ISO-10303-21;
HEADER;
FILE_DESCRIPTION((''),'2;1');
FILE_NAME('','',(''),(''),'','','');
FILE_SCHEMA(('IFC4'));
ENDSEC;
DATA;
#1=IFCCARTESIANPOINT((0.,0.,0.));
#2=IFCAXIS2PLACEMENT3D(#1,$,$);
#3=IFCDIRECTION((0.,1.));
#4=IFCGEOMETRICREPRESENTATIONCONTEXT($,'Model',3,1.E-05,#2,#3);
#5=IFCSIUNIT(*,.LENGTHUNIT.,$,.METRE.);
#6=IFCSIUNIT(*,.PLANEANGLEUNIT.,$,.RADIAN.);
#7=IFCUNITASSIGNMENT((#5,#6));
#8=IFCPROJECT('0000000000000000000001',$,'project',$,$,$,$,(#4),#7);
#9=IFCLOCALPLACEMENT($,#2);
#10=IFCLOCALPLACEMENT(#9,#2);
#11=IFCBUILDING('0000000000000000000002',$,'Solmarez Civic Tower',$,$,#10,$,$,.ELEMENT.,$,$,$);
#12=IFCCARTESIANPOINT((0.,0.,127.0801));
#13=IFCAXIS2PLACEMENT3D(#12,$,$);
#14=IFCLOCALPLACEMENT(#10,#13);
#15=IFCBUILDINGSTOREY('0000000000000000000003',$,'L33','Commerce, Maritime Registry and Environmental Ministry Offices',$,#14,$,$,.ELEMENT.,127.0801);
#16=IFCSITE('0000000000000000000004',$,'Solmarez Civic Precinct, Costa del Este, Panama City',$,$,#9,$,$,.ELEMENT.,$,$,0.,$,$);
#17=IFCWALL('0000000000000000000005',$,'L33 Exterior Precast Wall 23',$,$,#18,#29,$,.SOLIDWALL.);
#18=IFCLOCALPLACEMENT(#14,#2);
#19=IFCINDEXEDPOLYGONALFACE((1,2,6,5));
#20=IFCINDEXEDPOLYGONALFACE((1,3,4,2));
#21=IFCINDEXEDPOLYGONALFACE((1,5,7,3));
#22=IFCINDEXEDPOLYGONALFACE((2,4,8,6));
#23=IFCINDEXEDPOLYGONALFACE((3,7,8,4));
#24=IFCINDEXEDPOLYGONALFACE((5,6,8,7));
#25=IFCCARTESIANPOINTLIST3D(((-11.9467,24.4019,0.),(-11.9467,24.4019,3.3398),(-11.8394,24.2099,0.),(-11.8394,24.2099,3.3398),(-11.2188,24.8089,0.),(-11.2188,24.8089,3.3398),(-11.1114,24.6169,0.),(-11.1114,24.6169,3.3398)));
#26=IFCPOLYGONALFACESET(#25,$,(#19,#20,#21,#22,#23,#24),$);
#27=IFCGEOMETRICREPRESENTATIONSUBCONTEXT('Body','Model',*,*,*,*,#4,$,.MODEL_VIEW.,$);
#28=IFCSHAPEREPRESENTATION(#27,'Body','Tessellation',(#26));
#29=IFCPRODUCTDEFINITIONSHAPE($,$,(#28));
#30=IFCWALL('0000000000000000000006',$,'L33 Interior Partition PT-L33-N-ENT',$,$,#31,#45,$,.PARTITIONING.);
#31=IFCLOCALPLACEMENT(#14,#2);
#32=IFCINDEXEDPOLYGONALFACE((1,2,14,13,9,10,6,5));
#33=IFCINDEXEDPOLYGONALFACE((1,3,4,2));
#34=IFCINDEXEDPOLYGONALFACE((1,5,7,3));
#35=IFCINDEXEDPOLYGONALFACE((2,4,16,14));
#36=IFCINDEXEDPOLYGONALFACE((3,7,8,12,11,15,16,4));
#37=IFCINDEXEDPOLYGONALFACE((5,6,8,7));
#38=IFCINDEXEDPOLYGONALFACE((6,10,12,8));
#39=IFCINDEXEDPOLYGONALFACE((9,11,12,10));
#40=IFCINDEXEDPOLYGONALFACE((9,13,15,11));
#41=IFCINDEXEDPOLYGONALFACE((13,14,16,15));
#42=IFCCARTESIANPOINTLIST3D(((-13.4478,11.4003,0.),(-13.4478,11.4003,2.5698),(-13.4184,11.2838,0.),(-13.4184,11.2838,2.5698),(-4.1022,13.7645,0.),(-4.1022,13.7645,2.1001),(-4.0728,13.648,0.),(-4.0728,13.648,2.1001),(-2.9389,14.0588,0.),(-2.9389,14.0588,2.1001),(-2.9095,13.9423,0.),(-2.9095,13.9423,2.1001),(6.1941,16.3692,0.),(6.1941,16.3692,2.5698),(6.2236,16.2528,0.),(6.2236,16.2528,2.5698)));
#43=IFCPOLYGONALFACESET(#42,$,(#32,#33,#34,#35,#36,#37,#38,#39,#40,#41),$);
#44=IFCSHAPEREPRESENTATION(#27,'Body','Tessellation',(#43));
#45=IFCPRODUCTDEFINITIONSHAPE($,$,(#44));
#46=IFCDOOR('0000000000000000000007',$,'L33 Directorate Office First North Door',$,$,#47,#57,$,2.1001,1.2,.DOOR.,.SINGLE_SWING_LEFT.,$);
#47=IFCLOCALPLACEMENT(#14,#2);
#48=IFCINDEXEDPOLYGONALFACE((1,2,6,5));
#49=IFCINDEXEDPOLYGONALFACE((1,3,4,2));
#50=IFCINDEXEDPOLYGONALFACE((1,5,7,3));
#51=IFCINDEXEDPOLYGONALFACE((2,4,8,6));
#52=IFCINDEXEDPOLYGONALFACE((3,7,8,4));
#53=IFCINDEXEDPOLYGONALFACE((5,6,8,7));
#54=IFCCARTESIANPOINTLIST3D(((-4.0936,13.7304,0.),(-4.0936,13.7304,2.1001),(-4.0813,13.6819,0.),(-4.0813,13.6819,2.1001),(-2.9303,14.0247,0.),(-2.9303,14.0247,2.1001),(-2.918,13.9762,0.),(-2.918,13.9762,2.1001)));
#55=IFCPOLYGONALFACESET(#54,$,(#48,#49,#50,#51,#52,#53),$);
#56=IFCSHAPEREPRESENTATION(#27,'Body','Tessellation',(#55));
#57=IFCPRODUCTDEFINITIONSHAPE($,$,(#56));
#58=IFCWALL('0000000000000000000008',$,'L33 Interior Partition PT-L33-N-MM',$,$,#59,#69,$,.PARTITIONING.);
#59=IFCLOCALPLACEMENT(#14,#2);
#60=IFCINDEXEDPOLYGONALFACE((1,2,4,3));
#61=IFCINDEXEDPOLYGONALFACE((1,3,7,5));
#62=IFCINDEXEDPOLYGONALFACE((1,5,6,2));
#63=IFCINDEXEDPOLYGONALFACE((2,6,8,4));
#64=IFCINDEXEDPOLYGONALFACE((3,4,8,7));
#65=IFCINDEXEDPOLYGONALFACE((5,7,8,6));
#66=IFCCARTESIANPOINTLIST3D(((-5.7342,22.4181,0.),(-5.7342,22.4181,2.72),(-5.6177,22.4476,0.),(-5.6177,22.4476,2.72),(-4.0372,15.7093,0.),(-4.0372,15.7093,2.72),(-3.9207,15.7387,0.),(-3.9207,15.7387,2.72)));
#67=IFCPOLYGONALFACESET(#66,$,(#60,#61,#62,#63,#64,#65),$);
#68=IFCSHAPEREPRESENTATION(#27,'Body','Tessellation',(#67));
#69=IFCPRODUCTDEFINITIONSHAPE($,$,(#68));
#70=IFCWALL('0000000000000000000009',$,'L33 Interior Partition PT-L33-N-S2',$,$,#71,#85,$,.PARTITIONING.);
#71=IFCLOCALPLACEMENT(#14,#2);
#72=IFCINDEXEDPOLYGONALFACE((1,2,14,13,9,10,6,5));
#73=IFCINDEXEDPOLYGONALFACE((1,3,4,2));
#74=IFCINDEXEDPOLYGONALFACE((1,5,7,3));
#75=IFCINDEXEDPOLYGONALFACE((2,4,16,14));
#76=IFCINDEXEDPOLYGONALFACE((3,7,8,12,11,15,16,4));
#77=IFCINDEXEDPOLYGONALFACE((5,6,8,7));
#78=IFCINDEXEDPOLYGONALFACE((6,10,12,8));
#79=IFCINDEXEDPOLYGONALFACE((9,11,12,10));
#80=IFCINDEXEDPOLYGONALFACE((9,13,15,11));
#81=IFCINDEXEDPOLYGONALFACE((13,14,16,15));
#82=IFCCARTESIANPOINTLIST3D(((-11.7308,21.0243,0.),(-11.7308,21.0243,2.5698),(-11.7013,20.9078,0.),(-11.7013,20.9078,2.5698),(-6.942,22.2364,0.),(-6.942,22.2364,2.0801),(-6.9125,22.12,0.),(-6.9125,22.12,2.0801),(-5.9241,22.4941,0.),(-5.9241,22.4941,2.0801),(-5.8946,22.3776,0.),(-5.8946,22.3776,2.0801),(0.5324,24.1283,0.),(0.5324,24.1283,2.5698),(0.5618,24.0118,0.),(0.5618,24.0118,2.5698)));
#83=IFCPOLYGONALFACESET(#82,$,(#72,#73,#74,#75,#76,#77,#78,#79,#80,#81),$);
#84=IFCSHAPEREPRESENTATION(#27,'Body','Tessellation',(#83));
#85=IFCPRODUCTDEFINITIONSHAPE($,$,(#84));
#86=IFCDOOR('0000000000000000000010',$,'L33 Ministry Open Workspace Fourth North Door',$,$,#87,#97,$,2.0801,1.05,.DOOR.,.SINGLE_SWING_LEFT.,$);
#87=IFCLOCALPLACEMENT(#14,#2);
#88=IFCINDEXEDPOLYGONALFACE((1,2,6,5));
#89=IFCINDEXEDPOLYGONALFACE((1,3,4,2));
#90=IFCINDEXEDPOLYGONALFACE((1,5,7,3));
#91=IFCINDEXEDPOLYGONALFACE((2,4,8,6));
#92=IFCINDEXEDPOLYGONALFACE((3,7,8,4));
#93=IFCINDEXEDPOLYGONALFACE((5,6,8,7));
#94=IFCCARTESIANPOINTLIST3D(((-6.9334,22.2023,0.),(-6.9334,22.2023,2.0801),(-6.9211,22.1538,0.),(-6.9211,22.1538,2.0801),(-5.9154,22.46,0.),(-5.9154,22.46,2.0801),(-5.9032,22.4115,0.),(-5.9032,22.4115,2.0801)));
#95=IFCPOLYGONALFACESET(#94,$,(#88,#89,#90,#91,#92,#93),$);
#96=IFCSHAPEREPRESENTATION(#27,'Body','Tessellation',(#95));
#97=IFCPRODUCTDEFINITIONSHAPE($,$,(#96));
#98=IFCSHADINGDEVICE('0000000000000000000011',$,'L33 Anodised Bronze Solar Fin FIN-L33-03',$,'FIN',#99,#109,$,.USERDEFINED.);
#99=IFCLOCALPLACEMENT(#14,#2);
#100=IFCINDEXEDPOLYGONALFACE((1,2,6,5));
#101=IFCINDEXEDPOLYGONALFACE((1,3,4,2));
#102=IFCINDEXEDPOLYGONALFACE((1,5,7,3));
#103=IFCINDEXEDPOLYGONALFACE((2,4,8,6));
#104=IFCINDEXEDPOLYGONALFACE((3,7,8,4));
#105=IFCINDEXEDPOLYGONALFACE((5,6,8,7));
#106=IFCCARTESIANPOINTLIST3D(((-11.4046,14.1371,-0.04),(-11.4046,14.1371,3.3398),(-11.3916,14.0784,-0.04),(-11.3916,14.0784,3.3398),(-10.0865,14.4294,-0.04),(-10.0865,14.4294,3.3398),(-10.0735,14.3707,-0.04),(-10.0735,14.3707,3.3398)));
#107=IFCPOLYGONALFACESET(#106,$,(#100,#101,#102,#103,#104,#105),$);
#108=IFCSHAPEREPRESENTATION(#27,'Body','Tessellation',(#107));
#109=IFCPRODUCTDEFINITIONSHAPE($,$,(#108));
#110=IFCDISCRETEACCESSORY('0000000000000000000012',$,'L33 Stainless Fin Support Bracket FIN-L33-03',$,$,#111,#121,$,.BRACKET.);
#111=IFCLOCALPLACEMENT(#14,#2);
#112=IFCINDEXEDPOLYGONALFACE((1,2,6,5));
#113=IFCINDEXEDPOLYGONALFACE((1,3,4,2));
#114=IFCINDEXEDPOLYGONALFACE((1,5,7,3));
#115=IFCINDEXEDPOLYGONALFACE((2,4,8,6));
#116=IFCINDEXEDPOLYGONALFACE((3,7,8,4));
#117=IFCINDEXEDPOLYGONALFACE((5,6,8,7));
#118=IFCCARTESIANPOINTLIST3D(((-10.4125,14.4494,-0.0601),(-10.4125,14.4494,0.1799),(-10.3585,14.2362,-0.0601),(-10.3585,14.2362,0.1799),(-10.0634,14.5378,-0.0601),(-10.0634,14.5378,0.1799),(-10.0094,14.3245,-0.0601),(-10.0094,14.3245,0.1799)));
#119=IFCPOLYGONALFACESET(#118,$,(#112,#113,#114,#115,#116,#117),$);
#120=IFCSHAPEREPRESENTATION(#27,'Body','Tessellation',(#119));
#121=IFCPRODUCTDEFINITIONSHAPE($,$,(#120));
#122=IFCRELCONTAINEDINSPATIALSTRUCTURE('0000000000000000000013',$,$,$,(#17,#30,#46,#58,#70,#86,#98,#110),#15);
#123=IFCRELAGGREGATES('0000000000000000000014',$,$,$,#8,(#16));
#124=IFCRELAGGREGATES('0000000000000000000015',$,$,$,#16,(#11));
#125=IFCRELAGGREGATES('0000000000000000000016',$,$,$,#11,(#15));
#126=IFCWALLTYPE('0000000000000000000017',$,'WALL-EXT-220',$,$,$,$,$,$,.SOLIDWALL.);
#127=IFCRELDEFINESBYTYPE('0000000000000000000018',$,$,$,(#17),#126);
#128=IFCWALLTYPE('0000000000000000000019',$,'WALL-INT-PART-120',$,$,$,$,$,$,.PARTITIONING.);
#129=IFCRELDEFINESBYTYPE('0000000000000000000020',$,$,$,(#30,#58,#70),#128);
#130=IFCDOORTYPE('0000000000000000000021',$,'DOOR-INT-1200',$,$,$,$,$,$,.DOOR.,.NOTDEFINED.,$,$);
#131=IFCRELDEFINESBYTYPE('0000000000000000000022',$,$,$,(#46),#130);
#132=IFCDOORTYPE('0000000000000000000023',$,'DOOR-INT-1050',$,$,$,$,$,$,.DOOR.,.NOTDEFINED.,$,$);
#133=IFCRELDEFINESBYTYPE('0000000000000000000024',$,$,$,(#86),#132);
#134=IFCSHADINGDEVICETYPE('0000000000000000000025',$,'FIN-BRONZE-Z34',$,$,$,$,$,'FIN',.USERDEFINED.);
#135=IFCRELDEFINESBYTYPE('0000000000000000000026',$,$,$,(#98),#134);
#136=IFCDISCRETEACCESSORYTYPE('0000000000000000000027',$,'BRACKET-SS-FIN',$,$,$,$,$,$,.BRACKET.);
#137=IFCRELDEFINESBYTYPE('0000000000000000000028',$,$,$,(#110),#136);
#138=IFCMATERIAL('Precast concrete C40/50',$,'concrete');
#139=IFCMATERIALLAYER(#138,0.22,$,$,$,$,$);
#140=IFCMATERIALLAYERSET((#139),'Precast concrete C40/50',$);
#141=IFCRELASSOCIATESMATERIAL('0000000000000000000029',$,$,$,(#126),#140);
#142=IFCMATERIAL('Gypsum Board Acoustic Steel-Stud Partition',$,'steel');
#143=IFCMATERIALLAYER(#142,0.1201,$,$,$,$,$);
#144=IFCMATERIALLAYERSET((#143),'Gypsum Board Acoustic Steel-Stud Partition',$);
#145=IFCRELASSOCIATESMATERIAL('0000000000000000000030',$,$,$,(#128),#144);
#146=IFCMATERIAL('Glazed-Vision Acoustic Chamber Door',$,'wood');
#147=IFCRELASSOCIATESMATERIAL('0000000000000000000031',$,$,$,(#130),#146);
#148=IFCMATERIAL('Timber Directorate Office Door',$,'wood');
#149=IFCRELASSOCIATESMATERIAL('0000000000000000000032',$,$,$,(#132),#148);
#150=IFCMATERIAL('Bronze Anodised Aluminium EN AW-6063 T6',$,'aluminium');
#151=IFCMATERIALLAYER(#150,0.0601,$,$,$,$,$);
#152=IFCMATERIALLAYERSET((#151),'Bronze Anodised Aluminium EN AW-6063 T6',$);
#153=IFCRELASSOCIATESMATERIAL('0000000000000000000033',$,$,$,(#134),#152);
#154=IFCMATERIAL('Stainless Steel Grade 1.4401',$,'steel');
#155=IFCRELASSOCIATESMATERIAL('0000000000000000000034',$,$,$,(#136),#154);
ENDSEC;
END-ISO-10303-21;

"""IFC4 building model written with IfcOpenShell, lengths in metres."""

from ifc_helpers import new_model, si_unit, direction, frame, frame_2d, origin, origin_2d, place, context, subcontext, project, spatial, rectangle, extrude, material, layer, layer_set, type_object, element, fill, save


model = new_model("IFC4")

# Units and contexts
model_context = context("Model", 3, precision=1e-05, world=origin(), true_north=direction((0.0, 1.0)))
body_context = subcontext(model_context, "Body", "Model", "MODEL_VIEW")
ifc_project = project(units=[si_unit("LENGTHUNIT", "METRE"), si_unit("PLANEANGLEUNIT", "RADIAN")], contexts=[model_context])

# Site, building, storey
site_placement = place(None, origin())
site = spatial("IfcSite", under=ifc_project, at=site_placement, Name="Solmarez Civic Precinct, Costa del Este, Panama City", CompositionType="ELEMENT", RefElevation=0.0)
building_placement = place(site_placement, origin())
building = spatial("IfcBuilding", under=site, at=building_placement, Name="Solmarez Civic Tower", CompositionType="ELEMENT")
storey_placement = place(building_placement, frame((0.0, 0.0, 127.0801)))
storey = spatial("IfcBuildingStorey", under=building, at=storey_placement, Name="L33", Description="Commerce, Maritime Registry and Environmental Ministry Offices", CompositionType="ELEMENT", Elevation=127.0801)

# Shared definitions
ifc_material_1 = material(Name="Bronze Anodised Aluminium EN AW-6063 T6", Category="aluminium")

# Shared definitions
ifc_material_2 = material(Name="Precast concrete C40/50", Category="concrete")
ifc_layer_1 = layer(ifc_material_2, 0.22)
ifc_layer_set_1 = layer_set([ifc_layer_1], Name="Precast concrete C40/50")
wall_type_1 = type_object("IfcWallType", Name="WALL-EXT-220", PredefinedType="SOLIDWALL", material=ifc_layer_set_1)

# Wall
wall_1_placement = place(storey_placement, frame((-11.8931, 24.3059, 0.0), z_axis=(0.0, 0.0, 1.0), x_axis=(0.87287, 0.487953, 0.0)))
element("IfcWall", 1, at=wall_1_placement, inside=storey, type_object=wall_type_1, Name="L33 Exterior Precast Wall 23", PredefinedType="SOLIDWALL", context=body_context, shape_type="SweptSolid", body=[
    extrude(rectangle(XDim=0.834, YDim=0.22, at=frame_2d((0.417, 0.0))), origin(), (0.0, 0.0, 1.0), 3.3398),
])

# Wall, opening, door
ifc_material_3 = material(Name="Gypsum Board Acoustic Steel-Stud Partition", Category="steel")
ifc_layer_2 = layer(ifc_material_3, 0.1201)
ifc_layer_set_2 = layer_set([ifc_layer_2], Name="Gypsum Board Acoustic Steel-Stud Partition")
wall_type_2 = type_object("IfcWallType", Name="WALL-INT-PART-120", PredefinedType="PARTITIONING", material=ifc_layer_set_2)
wall_2_placement = place(storey_placement, frame((-13.4331, 11.342, 0.0), z_axis=(0.0, 0.0, 1.0), x_axis=(0.96946, 0.245251, 0.0)))
wall_2 = element("IfcWall", 2, at=wall_2_placement, inside=storey, type_object=wall_type_2, Name="L33 Interior Partition PT-L33-N-ENT", PredefinedType="PARTITIONING", context=body_context, shape_type="SweptSolid", body=[
    extrude(rectangle(XDim=20.2607, YDim=0.1201, at=frame_2d((10.1304, 0.0))), origin(), (0.0, 0.0, 1.0), 2.5698),
])
opening_1_placement = place(wall_2_placement, frame((9.6399, 0.0, 0.0)))
opening_1 = element("IfcOpeningElement", 3, at=opening_1_placement, cuts=wall_2, PredefinedType="OPENING", context=body_context, shape_type="SweptSolid", body=[
    extrude(rectangle(XDim=1.2, YDim=2.1001, at=frame_2d((0.6001, 1.05))), frame((0.0, 0.0701, 0.0), z_axis=(0.0, -1.0, 0.0), x_axis=(1.0, 0.0, 0.0)), (0.0, 0.0, 1.0), 0.1401),
])
ifc_material_4 = material(Name="Glazed-Vision Acoustic Chamber Door", Category="wood")
door_type_1 = type_object("IfcDoorType", Name="DOOR-INT-1200", OperationType="NOTDEFINED", PredefinedType="DOOR", material=ifc_material_4)
door_1_placement = place(opening_1_placement, origin())
door_1 = element("IfcDoor", 4, at=door_1_placement, inside=storey, type_object=door_type_1, Name="L33 Directorate Office First North Door", OperationType="SINGLE_SWING_LEFT", OverallHeight=2.1001, OverallWidth=1.2, PredefinedType="DOOR", context=body_context, shape_type="SweptSolid", body=[
    extrude(rectangle(XDim=1.2, YDim=2.1001, at=frame_2d((0.6001, 1.05))), frame((0.0, 0.0249, 0.0), z_axis=(0.0, -1.0, 0.0), x_axis=(1.0, 0.0, 0.0)), (0.0, 0.0, 1.0), 0.05),
])
fill(opening_1, door_1)

# Wall
wall_3_placement = place(storey_placement, frame((-3.979, 15.7241, 0.0), z_axis=(0.0, 0.0, 1.0), x_axis=(-0.245224, 0.969466, 0.0)))
element("IfcWall", 5, at=wall_3_placement, inside=storey, type_object=wall_type_2, Name="L33 Interior Partition PT-L33-N-MM", PredefinedType="PARTITIONING", context=body_context, shape_type="SweptSolid", body=[
    extrude(rectangle(XDim=6.9202, YDim=0.1201, at=frame_2d((3.46, 0.0))), origin(), (0.0, 0.0, 1.0), 2.72),
])

# Wall, opening, door
wall_4_placement = place(storey_placement, frame((-11.7161, 20.9661, 0.0), z_axis=(0.0, 0.0, 1.0), x_axis=(0.969428, 0.245377, 0.0)))
wall_4 = element("IfcWall", 6, at=wall_4_placement, inside=storey, type_object=wall_type_2, Name="L33 Interior Partition PT-L33-N-S2", PredefinedType="PARTITIONING", context=body_context, shape_type="SweptSolid", body=[
    extrude(rectangle(XDim=12.6499, YDim=0.1201, at=frame_2d((6.325, 0.0))), origin(), (0.0, 0.0, 1.0), 2.5698),
])
opening_2_placement = place(wall_4_placement, frame((4.9399, 0.0, 0.0)))
opening_2 = element("IfcOpeningElement", 7, at=opening_2_placement, cuts=wall_4, PredefinedType="OPENING", context=body_context, shape_type="SweptSolid", body=[
    extrude(rectangle(XDim=1.05, YDim=2.0801, at=frame_2d((0.5249, 1.04))), frame((0.0, 0.0701, 0.0), z_axis=(0.0, -1.0, 0.0), x_axis=(1.0, 0.0, 0.0)), (0.0, 0.0, 1.0), 0.1401),
])
ifc_material_5 = material(Name="Timber Directorate Office Door", Category="wood")
door_type_2 = type_object("IfcDoorType", Name="DOOR-INT-1050", OperationType="NOTDEFINED", PredefinedType="DOOR", material=ifc_material_5)
door_2_placement = place(opening_2_placement, origin())
door_2 = element("IfcDoor", 8, at=door_2_placement, inside=storey, type_object=door_type_2, Name="L33 Ministry Open Workspace Fourth North Door", OperationType="SINGLE_SWING_LEFT", OverallHeight=2.0801, OverallWidth=1.05, PredefinedType="DOOR", context=body_context, shape_type="SweptSolid", body=[
    extrude(rectangle(XDim=1.05, YDim=2.0801, at=frame_2d((0.5249, 1.04))), frame((0.0, 0.0249, 0.0), z_axis=(0.0, -1.0, 0.0), x_axis=(1.0, 0.0, 0.0)), (0.0, 0.0, 1.0), 0.05),
])
fill(opening_2, door_2)

# Shading device
ifc_layer_3 = layer(ifc_material_1, 0.0601)
ifc_layer_set_3 = layer_set([ifc_layer_3], Name="Bronze Anodised Aluminium EN AW-6063 T6")
shading_device_type = type_object("IfcShadingDeviceType", Name="FIN-BRONZE-Z34", ElementType="FIN", PredefinedType="USERDEFINED", material=ifc_layer_set_3)
shading_device_placement = place(storey_placement, frame((-10.739, 14.2539, -0.04), z_axis=(0.0, 0.0, 1.0), x_axis=(-0.976285, -0.216491, 0.0)))
element("IfcShadingDevice", 9, at=shading_device_placement, inside=storey, type_object=shading_device_type, Name="L33 Anodised Bronze Solar Fin FIN-L33-03", ObjectType="FIN", PredefinedType="USERDEFINED", context=body_context, shape_type="SweptSolid", body=[
    extrude(rectangle(XDim=1.3501, YDim=0.0601, at=origin_2d()), origin(), (0.0, 0.0, 1.0), 3.3799),
])

# Discrete accessory
ifc_material_6 = material(Name="Stainless Steel Grade 1.4401", Category="steel")
discrete_accessory_type = type_object("IfcDiscreteAccessoryType", Name="BRACKET-SS-FIN", PredefinedType="BRACKET", material=ifc_material_6)
discrete_accessory_placement = place(storey_placement, frame((-10.2109, 14.387, -0.0601), z_axis=(0.0, 0.0, 1.0), x_axis=(-0.969443, -0.245316, 0.0)))
element("IfcDiscreteAccessory", 10, at=discrete_accessory_placement, inside=storey, type_object=discrete_accessory_type, Name="L33 Stainless Fin Support Bracket FIN-L33-03", PredefinedType="BRACKET", context=body_context, shape_type="SweptSolid", body=[
    extrude(rectangle(XDim=0.3601, YDim=0.22, at=origin_2d()), origin(), (0.0, 0.0, 1.0), 0.24),
])

save(model, "model.ifc")
